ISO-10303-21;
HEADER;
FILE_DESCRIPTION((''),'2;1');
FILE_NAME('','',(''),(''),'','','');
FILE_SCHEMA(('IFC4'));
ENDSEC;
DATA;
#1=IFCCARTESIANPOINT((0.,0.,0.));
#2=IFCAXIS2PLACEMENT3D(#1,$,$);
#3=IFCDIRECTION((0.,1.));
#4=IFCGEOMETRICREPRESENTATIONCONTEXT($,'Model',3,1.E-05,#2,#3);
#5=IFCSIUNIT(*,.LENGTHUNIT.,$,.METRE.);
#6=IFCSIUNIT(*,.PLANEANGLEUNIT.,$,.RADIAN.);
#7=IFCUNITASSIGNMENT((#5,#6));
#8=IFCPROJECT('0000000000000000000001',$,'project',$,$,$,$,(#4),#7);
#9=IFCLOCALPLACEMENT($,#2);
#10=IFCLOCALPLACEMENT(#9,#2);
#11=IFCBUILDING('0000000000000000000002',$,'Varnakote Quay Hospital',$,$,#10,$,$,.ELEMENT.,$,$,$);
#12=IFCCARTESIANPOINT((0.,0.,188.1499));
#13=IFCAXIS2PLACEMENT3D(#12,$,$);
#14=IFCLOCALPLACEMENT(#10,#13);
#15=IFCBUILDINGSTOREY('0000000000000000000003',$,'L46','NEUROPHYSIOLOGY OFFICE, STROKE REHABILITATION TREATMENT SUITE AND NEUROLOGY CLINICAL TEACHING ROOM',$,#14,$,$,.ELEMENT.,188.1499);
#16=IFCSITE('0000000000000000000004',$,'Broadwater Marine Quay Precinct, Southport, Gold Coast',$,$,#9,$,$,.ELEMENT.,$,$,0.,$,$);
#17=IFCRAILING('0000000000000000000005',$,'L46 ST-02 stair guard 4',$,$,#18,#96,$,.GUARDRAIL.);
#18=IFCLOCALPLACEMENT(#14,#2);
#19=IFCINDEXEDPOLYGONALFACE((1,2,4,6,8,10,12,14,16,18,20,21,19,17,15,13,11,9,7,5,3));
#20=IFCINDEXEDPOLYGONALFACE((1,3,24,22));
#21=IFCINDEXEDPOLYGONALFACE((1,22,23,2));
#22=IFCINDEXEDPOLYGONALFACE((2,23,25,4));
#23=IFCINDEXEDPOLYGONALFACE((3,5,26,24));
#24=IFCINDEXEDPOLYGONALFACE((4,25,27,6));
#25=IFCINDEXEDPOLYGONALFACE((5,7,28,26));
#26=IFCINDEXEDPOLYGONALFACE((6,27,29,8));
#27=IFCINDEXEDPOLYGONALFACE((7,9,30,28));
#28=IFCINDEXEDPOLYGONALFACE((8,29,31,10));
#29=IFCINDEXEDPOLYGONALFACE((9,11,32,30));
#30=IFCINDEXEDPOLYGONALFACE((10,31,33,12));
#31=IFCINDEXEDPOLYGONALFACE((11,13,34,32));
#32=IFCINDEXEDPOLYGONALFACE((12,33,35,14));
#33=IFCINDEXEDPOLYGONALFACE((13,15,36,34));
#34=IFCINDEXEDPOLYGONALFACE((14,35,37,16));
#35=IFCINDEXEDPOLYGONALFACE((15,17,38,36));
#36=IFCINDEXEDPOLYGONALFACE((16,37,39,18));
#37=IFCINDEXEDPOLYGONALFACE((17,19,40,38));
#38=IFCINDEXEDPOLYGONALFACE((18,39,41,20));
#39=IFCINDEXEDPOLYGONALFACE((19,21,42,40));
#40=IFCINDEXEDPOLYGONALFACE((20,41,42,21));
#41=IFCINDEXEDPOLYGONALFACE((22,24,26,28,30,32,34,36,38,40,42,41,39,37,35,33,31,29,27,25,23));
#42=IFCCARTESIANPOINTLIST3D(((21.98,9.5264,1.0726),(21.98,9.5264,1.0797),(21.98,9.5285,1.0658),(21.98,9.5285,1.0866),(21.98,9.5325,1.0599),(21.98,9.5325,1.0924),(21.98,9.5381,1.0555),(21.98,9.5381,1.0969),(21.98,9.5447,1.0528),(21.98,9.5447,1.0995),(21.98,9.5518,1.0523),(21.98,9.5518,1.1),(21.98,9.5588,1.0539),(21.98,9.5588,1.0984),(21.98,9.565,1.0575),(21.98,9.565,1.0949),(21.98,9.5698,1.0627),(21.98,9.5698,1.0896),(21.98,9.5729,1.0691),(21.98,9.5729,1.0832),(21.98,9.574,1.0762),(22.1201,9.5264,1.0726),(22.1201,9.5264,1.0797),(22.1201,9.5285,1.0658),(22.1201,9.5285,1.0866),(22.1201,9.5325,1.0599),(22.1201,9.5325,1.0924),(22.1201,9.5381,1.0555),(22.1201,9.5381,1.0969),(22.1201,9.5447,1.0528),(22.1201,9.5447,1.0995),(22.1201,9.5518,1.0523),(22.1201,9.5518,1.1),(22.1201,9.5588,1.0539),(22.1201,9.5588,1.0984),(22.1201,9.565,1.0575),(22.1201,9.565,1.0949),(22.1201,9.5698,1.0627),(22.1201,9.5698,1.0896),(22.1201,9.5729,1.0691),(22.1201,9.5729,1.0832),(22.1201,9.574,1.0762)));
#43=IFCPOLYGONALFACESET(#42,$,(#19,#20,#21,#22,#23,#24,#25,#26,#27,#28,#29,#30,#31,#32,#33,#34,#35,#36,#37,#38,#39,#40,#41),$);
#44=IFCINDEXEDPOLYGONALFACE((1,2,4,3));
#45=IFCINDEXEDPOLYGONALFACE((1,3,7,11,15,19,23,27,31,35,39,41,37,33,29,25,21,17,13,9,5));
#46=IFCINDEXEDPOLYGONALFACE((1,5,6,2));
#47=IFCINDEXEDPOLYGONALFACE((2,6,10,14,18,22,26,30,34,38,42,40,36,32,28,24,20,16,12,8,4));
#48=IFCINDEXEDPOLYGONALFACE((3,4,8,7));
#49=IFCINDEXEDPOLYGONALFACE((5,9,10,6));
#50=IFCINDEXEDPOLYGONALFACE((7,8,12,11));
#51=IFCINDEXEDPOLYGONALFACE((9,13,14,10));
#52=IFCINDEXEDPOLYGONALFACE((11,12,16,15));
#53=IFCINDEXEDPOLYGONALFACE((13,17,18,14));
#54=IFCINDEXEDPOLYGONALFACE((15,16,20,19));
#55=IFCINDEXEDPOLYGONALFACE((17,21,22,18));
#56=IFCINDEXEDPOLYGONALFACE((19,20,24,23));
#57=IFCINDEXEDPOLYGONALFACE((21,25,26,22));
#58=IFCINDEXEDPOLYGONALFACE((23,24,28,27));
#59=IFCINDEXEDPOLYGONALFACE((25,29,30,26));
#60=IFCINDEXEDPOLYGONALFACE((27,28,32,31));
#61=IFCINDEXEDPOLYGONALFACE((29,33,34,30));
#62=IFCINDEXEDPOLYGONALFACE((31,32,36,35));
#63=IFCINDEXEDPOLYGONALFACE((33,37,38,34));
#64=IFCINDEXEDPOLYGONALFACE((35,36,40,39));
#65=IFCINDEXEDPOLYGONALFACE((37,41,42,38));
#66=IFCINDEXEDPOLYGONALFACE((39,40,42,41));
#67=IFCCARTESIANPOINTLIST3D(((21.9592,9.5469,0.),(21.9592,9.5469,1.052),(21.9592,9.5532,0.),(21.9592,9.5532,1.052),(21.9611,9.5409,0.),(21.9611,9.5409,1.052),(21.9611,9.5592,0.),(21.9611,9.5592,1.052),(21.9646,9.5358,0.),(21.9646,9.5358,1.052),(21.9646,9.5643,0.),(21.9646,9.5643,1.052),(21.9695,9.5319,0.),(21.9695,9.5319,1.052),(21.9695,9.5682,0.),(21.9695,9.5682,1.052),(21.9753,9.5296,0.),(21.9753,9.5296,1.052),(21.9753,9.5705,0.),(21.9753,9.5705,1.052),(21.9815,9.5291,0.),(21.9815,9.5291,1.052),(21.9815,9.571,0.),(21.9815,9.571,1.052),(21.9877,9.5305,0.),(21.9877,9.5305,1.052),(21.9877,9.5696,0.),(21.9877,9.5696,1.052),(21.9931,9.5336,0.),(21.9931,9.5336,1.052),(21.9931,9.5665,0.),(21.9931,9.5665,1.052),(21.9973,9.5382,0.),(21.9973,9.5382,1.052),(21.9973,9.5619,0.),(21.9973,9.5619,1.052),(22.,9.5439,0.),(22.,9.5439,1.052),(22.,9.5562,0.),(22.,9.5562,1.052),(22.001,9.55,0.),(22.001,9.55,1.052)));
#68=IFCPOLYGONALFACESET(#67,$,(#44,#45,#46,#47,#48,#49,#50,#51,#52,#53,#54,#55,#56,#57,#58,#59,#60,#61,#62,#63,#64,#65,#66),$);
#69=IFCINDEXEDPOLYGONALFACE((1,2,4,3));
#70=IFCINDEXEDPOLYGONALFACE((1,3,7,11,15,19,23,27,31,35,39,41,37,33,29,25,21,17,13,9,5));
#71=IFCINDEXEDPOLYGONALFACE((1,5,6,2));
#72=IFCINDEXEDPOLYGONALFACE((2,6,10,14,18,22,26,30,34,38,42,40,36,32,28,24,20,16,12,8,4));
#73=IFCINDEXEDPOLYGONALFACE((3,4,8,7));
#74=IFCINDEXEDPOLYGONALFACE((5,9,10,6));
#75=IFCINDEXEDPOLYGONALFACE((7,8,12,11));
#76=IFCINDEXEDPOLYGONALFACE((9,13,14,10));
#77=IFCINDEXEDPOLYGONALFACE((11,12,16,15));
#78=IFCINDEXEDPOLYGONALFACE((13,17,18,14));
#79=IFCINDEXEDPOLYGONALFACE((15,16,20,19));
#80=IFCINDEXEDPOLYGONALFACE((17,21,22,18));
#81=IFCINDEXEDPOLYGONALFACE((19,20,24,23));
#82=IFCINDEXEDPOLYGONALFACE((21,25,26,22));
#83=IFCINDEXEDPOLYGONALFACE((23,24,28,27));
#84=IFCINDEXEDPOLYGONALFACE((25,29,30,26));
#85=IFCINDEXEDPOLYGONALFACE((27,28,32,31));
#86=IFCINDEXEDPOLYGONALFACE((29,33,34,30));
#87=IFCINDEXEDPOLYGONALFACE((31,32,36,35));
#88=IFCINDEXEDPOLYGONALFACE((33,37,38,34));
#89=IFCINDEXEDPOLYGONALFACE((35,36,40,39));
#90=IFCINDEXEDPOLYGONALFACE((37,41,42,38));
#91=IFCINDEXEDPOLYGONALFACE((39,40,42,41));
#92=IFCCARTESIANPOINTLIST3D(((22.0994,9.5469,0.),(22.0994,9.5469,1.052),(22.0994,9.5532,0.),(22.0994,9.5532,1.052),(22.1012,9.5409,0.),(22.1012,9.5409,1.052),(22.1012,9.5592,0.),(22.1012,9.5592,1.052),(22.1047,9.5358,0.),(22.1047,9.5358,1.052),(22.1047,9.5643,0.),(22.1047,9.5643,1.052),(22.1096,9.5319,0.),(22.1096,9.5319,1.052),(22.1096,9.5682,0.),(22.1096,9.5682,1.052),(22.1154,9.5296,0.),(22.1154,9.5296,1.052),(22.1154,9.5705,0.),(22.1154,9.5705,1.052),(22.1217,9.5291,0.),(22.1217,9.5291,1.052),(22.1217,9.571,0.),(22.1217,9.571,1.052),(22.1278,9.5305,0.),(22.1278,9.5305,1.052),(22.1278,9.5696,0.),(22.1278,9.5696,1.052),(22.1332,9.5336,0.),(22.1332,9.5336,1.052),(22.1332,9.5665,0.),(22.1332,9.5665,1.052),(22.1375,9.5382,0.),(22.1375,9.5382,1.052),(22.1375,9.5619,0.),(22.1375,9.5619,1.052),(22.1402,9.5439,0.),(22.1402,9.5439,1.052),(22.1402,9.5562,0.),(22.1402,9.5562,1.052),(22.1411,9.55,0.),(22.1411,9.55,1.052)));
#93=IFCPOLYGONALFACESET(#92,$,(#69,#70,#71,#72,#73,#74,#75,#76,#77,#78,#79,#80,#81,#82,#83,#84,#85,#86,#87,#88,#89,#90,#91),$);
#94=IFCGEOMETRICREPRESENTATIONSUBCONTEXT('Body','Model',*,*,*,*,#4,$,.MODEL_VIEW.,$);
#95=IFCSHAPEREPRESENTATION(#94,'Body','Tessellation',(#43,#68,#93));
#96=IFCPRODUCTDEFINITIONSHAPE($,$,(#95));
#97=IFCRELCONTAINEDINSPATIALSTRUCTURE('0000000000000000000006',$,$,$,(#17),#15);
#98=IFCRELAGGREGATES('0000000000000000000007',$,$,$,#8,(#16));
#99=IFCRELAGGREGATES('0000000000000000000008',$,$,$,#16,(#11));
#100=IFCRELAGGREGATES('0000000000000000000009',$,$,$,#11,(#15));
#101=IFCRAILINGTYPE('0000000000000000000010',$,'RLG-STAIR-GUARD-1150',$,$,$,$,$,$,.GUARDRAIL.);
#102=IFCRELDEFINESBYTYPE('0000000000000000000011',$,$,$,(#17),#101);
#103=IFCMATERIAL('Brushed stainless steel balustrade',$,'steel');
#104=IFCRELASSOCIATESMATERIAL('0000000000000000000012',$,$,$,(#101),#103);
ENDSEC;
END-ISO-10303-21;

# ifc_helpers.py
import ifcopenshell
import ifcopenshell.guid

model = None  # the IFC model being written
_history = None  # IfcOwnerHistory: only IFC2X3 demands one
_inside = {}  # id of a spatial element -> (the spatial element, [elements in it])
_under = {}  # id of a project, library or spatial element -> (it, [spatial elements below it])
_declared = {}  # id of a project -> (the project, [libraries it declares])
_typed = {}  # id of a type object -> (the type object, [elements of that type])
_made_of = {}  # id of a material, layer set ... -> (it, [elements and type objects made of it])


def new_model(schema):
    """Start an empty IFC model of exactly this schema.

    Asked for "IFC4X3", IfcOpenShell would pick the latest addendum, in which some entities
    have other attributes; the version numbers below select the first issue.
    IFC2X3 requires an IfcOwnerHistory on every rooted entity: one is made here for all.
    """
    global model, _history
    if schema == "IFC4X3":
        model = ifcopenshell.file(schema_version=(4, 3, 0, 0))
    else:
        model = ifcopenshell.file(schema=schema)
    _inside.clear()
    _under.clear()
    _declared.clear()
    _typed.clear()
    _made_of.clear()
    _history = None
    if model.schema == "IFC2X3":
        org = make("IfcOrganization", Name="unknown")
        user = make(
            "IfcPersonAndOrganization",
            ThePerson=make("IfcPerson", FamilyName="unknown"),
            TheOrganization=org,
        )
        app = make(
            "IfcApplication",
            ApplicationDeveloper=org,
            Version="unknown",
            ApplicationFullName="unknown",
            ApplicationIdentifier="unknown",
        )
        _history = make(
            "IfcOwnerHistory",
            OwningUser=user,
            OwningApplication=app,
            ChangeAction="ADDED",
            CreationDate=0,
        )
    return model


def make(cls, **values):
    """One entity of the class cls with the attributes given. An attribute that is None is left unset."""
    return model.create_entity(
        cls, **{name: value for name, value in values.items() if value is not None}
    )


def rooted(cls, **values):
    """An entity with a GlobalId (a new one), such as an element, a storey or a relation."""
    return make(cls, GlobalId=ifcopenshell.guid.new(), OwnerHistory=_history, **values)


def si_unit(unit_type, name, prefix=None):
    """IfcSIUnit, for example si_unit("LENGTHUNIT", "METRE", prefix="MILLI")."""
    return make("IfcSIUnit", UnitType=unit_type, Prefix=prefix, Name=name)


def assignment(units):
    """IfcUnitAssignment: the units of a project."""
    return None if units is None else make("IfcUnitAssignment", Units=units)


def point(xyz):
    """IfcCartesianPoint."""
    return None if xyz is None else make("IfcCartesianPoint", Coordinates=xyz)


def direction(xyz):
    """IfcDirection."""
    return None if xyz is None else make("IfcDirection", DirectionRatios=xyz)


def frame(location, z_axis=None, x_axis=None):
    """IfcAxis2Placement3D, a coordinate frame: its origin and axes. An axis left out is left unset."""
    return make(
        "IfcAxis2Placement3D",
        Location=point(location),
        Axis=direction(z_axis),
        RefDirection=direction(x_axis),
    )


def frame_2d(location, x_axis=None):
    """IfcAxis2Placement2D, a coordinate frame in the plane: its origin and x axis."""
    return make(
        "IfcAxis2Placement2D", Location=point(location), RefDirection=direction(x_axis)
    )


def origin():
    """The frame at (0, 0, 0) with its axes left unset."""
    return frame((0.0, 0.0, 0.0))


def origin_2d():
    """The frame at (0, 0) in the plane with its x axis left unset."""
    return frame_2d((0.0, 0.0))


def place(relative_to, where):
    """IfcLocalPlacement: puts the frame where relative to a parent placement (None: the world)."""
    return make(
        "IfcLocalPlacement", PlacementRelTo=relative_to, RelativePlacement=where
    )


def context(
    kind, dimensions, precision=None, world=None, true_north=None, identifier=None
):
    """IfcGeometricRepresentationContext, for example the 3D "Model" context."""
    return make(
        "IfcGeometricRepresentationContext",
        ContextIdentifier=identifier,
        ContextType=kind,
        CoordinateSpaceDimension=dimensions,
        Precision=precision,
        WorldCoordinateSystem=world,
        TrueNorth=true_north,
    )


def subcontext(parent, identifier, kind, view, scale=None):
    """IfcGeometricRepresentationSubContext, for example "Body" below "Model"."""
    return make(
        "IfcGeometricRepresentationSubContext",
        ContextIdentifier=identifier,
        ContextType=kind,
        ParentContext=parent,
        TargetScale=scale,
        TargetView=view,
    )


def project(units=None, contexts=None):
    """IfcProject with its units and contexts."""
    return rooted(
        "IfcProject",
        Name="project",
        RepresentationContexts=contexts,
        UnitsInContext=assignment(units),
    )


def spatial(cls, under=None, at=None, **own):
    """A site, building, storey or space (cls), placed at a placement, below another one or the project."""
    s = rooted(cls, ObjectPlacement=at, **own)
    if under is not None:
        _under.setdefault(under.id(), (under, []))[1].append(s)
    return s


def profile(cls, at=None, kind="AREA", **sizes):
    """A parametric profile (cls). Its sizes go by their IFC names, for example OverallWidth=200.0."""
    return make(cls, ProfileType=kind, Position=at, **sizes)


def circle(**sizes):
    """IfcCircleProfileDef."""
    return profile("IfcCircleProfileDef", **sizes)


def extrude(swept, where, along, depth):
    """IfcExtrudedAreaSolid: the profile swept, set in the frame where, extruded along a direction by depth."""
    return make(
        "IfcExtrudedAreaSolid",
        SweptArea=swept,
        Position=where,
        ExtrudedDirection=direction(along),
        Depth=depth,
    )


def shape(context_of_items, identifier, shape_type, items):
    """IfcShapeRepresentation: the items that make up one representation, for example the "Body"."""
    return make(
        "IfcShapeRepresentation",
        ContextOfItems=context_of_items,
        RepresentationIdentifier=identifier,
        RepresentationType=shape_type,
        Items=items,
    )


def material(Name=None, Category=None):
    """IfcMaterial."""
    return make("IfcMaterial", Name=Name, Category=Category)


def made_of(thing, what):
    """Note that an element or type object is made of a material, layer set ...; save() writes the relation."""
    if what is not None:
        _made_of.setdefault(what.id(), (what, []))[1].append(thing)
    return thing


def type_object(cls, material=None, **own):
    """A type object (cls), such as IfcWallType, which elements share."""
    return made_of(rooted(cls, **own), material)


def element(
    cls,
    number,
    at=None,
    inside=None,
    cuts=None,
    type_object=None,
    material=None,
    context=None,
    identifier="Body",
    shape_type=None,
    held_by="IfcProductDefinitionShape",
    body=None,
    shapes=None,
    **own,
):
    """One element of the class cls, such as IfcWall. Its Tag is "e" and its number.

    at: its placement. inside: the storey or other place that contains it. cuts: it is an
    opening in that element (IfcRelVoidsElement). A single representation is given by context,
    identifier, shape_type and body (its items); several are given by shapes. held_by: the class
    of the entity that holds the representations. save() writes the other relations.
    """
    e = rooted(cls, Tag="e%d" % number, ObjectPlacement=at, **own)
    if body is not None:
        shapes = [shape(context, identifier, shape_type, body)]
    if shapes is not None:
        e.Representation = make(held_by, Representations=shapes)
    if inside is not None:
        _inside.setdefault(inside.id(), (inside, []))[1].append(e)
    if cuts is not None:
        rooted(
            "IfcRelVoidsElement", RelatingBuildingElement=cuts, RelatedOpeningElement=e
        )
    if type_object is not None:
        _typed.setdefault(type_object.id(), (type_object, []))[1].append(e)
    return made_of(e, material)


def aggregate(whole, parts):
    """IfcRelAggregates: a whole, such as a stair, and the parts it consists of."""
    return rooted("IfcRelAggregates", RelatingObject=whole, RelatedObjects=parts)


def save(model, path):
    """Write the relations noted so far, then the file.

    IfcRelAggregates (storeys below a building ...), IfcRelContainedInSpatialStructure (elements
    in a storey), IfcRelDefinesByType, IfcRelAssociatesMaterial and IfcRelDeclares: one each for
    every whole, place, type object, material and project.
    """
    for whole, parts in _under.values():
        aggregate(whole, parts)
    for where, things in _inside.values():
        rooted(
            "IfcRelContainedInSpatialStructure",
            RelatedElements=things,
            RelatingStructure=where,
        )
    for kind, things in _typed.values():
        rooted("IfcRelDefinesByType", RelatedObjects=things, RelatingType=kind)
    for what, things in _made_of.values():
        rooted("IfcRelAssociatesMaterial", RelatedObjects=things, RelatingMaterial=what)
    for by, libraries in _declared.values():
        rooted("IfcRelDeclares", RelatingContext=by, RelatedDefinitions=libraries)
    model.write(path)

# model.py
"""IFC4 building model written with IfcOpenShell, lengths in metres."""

from ifc_helpers import new_model, si_unit, direction, frame, origin, origin_2d, place, context, subcontext, project, spatial, circle, extrude, material, type_object, element, save


model = new_model("IFC4")

# Units and contexts
model_context = context("Model", 3, precision=1e-05, world=origin(), true_north=direction((0.0, 1.0)))
body_context = subcontext(model_context, "Body", "Model", "MODEL_VIEW")
ifc_project = project(units=[si_unit("LENGTHUNIT", "METRE"), si_unit("PLANEANGLEUNIT", "RADIAN")], contexts=[model_context])

# Site, building, storey
site_placement = place(None, origin())
site = spatial("IfcSite", under=ifc_project, at=site_placement, Name="Broadwater Marine Quay Precinct, Southport, Gold Coast", CompositionType="ELEMENT", RefElevation=0.0)
building_placement = place(site_placement, origin())
building = spatial("IfcBuilding", under=site, at=building_placement, Name="Varnakote Quay Hospital", CompositionType="ELEMENT")
storey_placement = place(building_placement, frame((0.0, 0.0, 188.1499)))
storey = spatial("IfcBuildingStorey", under=building, at=storey_placement, Name="L46", Description="NEUROPHYSIOLOGY OFFICE, STROKE REHABILITATION TREATMENT SUITE AND NEUROLOGY CLINICAL TEACHING ROOM", CompositionType="ELEMENT", Elevation=188.1499)

# Railing
ifc_material_1 = material(Name="Brushed stainless steel balustrade", Category="steel")
railing_type_1 = type_object("IfcRailingType", Name="RLG-STAIR-GUARD-1150", PredefinedType="GUARDRAIL", material=ifc_material_1)
railing_1_placement = place(storey_placement, frame((21.98, 9.55, 0.0)))
element("IfcRailing", 1, at=railing_1_placement, inside=storey, type_object=railing_type_1, Name="L46 ST-02 stair guard 4", PredefinedType="GUARDRAIL", context=body_context, shape_type="SweptSolid", body=[
    extrude(circle(Radius=0.0239, at=origin_2d()), frame((0.0, 0.0, 1.0762), z_axis=(1.0, 0.0, 0.0), x_axis=(0.0, 1.0, 0.0)), (0.0, 0.0, 1.0), 0.1401),
    extrude(circle(Radius=0.021, at=origin_2d()), origin(), (0.0, 0.0, 1.0), 1.052),
    extrude(circle(Radius=0.021, at=origin_2d()), frame((0.1401, 0.0, 0.0)), (0.0, 0.0, 1.0), 1.052),
])

save(model, "model.ifc")
